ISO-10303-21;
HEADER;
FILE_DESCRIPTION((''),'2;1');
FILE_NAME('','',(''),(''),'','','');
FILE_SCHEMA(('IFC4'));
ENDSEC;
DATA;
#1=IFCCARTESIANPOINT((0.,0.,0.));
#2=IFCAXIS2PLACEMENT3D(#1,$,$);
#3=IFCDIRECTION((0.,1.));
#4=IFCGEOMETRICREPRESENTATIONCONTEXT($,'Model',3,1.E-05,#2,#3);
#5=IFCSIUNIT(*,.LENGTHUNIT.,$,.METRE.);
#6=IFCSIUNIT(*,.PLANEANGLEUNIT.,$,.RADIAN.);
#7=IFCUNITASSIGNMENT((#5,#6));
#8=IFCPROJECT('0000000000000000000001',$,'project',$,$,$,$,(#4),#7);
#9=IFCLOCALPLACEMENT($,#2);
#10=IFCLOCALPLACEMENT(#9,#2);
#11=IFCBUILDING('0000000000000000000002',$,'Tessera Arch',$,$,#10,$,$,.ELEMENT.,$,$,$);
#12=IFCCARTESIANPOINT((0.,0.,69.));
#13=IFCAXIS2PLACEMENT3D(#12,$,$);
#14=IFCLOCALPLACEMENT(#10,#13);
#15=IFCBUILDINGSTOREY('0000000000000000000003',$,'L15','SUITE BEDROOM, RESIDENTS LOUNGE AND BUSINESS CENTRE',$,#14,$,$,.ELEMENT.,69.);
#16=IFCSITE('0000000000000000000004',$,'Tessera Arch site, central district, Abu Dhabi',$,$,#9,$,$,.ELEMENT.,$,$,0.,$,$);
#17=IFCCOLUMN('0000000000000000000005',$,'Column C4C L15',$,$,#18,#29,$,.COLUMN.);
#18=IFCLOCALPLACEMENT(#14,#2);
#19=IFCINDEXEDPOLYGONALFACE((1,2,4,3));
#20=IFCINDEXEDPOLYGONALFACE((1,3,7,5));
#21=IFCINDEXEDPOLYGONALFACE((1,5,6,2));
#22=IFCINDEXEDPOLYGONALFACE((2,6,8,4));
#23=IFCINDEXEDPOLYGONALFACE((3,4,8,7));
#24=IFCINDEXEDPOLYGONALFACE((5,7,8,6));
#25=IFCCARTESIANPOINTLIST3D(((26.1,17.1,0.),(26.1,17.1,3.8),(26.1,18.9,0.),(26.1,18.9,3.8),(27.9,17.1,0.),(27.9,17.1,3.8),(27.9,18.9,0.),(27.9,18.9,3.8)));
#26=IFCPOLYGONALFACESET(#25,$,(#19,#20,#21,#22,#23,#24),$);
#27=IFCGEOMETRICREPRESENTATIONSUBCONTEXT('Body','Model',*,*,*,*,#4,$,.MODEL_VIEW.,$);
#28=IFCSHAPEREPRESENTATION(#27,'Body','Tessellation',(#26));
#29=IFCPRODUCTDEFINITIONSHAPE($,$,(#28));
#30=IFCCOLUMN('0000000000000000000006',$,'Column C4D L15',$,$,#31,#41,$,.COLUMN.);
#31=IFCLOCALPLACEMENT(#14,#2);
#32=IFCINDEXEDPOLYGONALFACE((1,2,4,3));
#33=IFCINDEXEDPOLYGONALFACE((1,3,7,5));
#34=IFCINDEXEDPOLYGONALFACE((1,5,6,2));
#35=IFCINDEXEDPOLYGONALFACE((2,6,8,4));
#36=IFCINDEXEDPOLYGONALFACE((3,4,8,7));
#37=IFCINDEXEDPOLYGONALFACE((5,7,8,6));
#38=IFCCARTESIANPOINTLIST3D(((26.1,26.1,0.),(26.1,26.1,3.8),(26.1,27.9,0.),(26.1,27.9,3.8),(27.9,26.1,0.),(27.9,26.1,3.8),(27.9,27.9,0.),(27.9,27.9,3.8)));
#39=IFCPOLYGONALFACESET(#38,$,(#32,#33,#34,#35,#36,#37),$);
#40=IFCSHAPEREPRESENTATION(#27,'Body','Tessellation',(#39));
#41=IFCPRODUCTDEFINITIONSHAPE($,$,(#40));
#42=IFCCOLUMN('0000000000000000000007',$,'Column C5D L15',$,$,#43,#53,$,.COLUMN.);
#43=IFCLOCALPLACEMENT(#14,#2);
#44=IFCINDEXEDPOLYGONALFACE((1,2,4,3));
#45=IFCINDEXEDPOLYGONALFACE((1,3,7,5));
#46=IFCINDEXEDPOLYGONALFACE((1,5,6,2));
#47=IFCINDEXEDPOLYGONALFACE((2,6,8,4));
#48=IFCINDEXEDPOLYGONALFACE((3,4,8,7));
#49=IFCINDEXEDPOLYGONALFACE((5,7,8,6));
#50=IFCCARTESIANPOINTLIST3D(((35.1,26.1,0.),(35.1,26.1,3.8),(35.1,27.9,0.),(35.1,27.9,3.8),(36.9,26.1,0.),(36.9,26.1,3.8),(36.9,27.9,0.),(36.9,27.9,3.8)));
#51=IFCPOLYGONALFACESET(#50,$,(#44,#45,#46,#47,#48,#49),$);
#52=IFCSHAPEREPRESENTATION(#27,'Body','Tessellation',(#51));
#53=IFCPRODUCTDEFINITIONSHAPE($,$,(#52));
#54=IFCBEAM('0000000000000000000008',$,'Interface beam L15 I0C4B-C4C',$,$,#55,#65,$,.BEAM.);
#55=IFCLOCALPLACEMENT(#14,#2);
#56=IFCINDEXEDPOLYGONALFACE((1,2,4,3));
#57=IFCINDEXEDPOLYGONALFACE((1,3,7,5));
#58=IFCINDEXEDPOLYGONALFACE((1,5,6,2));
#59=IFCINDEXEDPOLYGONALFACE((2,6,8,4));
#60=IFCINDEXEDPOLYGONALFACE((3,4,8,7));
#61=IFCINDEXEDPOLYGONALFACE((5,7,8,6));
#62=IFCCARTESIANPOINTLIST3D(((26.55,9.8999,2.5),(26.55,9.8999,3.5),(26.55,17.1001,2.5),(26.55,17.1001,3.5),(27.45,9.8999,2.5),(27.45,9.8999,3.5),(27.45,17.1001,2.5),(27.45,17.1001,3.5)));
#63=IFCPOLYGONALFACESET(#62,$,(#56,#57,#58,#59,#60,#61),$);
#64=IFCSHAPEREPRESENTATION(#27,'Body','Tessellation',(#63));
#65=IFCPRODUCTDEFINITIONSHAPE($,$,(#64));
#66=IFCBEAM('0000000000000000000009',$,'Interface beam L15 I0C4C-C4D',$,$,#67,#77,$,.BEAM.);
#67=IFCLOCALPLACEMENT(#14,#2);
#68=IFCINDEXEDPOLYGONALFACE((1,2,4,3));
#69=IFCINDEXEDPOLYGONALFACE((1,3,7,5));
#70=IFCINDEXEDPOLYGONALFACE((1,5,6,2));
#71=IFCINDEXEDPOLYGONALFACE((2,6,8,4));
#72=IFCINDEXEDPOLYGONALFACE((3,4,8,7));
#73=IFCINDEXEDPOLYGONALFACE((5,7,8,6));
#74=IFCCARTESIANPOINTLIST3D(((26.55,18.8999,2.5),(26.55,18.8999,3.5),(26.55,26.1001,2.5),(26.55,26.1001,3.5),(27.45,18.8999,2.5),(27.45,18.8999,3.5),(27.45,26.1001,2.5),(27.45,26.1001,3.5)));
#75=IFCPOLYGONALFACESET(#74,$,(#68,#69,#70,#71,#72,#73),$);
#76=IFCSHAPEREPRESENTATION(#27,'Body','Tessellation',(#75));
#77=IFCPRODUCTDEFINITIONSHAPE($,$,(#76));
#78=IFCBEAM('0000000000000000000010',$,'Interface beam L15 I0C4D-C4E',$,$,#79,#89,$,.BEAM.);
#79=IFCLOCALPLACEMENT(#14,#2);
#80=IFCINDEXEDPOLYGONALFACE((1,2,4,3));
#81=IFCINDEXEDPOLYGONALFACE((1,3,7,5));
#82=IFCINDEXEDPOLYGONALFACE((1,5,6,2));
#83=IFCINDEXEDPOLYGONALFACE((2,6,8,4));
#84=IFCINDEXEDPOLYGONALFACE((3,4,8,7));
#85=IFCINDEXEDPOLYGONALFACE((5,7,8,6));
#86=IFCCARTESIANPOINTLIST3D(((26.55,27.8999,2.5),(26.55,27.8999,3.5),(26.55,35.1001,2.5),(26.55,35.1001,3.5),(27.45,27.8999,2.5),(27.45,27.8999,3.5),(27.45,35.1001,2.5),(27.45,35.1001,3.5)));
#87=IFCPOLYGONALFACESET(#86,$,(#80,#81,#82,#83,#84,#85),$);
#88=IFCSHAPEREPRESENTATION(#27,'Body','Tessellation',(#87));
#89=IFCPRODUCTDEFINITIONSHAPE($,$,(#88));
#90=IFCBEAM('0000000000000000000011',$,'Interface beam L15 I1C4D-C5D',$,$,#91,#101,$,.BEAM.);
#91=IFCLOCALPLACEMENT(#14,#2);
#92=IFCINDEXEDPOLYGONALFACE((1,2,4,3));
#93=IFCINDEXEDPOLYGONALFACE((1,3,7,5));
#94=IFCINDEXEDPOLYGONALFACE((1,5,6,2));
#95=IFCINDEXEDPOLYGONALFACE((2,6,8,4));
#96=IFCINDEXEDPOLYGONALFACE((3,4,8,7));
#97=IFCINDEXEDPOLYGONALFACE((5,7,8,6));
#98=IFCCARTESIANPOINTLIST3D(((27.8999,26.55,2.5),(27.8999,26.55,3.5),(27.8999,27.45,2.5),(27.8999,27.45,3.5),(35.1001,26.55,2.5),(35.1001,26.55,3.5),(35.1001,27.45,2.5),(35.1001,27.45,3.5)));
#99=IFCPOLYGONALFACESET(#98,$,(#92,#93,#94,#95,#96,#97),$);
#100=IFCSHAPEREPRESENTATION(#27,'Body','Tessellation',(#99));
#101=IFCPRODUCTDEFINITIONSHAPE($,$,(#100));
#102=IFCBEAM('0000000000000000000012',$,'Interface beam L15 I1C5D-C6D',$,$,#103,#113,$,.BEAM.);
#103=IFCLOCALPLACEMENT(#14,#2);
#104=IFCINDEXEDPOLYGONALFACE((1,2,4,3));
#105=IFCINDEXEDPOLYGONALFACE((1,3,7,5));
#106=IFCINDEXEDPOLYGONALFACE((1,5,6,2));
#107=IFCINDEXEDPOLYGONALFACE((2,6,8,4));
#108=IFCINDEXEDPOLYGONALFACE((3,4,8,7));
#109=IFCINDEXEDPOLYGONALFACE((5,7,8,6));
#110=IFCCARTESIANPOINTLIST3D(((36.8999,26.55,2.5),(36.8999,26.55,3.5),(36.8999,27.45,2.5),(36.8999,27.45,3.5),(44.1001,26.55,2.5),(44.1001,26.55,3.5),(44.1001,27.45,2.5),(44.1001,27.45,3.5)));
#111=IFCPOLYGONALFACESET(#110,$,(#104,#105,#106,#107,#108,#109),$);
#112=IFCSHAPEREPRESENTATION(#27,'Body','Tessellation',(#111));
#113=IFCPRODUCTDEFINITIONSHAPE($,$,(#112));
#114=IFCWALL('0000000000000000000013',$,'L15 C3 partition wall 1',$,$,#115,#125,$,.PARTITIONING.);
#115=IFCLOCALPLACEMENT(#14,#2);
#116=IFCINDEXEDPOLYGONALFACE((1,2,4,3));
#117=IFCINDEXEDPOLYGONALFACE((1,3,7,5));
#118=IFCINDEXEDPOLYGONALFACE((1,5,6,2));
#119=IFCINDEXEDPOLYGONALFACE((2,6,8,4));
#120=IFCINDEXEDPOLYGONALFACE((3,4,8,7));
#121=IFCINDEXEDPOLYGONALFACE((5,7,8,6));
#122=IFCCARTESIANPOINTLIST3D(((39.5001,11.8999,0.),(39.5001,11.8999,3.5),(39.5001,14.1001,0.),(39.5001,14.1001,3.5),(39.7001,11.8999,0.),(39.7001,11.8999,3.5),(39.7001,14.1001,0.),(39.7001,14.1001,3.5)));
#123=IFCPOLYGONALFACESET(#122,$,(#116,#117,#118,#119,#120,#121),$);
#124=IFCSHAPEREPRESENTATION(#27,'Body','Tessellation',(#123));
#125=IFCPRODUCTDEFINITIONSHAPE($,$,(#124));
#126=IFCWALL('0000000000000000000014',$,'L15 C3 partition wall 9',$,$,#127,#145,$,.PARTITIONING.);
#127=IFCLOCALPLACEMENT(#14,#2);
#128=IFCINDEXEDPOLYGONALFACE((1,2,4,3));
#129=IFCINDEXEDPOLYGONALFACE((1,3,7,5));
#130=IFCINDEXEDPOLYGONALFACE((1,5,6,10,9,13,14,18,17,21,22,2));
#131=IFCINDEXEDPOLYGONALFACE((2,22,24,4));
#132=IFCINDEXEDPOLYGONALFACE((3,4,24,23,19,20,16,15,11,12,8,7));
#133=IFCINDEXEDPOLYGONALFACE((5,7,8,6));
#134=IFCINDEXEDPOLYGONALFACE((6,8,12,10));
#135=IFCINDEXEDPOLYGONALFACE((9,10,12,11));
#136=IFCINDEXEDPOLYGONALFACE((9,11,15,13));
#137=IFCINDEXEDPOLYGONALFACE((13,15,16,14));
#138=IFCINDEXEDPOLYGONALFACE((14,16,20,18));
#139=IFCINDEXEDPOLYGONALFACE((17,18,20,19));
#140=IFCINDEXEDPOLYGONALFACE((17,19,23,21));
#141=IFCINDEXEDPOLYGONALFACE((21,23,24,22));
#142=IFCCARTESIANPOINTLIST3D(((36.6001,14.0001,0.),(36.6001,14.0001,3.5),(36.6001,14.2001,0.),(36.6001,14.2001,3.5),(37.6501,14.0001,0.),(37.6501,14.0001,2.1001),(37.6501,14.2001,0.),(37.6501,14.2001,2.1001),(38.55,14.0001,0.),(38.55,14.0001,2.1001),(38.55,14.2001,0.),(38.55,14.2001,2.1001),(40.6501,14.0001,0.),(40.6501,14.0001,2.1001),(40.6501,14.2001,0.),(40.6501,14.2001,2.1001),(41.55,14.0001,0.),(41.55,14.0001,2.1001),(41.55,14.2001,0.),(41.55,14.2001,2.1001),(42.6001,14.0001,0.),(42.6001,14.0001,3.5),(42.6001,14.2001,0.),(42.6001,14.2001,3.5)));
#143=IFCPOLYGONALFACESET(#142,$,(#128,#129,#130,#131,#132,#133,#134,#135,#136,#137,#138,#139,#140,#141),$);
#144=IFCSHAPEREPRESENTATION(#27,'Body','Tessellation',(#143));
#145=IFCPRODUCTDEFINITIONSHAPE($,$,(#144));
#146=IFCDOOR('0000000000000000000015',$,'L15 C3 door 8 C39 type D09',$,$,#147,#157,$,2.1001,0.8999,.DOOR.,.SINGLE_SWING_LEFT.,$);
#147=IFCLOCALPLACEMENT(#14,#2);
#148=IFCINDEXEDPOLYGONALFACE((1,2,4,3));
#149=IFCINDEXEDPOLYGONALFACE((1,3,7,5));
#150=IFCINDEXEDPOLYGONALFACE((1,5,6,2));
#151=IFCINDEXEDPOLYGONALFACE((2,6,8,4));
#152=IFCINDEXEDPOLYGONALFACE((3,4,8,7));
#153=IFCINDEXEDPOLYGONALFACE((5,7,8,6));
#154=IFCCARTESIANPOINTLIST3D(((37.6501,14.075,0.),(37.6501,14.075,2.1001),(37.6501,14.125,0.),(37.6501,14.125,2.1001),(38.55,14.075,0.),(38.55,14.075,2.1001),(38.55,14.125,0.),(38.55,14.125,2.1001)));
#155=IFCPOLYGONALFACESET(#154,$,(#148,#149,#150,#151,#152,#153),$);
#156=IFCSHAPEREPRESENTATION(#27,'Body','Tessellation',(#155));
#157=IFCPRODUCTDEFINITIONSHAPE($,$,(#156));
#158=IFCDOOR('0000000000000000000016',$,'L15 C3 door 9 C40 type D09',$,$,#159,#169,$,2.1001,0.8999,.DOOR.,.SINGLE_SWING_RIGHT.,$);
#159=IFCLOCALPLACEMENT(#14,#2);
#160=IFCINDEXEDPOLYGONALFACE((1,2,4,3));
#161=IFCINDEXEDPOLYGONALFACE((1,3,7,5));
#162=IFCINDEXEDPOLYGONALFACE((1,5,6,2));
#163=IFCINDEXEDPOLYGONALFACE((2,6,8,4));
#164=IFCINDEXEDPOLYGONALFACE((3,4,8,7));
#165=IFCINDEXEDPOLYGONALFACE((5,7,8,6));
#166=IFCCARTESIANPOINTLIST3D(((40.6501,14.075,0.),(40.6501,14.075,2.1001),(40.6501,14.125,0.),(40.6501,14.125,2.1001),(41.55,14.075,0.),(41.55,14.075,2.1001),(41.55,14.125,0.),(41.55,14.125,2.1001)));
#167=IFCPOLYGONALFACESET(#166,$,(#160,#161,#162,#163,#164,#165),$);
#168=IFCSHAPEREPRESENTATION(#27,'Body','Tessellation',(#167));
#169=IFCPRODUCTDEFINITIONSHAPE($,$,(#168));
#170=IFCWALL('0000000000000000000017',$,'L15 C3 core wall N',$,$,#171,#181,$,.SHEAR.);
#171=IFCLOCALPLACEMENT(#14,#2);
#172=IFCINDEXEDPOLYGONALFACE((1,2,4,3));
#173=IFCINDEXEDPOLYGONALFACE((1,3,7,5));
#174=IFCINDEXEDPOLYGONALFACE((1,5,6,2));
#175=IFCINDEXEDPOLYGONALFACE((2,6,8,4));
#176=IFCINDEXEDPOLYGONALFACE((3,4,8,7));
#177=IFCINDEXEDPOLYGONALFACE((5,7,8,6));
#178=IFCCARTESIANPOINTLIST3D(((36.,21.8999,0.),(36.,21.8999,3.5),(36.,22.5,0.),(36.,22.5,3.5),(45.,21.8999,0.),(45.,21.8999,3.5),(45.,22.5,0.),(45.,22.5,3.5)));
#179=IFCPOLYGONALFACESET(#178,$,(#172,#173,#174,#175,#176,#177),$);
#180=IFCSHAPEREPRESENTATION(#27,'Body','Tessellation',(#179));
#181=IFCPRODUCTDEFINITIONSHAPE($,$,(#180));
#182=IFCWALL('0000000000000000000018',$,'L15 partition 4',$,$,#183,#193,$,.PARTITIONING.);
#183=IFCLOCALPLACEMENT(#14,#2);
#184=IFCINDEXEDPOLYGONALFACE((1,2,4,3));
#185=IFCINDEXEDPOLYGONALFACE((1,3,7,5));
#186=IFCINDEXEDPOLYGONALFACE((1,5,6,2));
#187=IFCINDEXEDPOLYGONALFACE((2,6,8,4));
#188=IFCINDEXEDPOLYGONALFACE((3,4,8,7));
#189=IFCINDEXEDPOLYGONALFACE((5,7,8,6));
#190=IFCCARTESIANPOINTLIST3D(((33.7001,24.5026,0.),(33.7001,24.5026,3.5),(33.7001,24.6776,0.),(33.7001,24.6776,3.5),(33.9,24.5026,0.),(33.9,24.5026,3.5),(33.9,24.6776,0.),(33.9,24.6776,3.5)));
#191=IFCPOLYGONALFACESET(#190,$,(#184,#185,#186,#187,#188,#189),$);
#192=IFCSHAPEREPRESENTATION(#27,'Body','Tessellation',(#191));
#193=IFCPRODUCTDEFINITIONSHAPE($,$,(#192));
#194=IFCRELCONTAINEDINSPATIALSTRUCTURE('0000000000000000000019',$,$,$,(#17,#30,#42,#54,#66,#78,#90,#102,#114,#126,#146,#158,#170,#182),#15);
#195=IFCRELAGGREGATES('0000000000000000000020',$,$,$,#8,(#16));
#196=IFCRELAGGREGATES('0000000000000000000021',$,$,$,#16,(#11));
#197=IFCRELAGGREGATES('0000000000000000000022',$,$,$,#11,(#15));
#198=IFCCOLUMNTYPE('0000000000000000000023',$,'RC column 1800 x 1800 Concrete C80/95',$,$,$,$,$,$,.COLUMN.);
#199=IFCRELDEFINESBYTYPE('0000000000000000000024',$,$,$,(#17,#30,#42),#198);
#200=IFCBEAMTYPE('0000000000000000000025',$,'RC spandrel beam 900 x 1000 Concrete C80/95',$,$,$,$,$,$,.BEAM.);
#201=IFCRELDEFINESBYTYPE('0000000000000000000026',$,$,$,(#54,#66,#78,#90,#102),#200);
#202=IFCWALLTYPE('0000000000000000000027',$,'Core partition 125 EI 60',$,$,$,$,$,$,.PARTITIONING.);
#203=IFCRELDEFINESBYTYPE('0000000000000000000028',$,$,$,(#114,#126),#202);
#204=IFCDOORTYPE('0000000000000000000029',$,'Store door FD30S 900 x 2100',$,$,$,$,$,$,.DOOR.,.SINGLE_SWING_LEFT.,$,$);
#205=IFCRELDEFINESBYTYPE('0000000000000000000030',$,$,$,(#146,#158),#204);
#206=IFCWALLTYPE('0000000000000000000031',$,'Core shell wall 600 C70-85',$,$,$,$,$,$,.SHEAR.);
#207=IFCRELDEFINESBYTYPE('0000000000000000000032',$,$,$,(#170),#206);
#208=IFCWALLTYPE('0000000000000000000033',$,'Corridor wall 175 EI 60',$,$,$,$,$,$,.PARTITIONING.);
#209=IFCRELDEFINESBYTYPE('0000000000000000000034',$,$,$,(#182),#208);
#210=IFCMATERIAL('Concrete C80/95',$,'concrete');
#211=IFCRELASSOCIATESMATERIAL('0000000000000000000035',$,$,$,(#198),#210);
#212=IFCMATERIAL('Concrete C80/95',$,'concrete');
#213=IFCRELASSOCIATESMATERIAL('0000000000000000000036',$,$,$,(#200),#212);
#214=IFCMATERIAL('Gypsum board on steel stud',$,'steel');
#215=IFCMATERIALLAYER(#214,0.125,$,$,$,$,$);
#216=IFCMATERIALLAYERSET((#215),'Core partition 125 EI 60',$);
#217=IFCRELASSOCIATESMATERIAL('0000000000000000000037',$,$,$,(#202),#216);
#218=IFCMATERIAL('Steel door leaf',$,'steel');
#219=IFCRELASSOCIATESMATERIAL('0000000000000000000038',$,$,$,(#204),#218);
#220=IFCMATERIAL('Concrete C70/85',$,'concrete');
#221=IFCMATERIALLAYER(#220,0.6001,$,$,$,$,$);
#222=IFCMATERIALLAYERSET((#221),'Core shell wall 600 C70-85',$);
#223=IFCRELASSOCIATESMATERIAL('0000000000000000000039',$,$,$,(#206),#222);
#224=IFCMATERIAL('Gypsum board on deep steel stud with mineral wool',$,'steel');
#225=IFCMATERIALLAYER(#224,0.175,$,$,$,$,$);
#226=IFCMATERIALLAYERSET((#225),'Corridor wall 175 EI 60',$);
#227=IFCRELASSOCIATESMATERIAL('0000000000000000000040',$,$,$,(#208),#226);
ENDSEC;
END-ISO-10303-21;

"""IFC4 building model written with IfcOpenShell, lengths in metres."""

from ifc_helpers import new_model, si_unit, direction, frame, frame_2d, origin, origin_2d, place, context, subcontext, project, spatial, rectangle, extrude, material, layer, layer_set, material_profile, profile_set, type_object, element, fill, save


model = new_model("IFC4")

# Units and contexts
model_context = context("Model", 3, precision=1e-05, world=origin(), true_north=direction((0.0, 1.0)))
body_context = subcontext(model_context, "Body", "Model", "MODEL_VIEW")
ifc_project = project(units=[si_unit("LENGTHUNIT", "METRE"), si_unit("PLANEANGLEUNIT", "RADIAN")], contexts=[model_context])

# Site, building, storey
site_placement = place(None, origin())
site = spatial("IfcSite", under=ifc_project, at=site_placement, Name="Tessera Arch site, central district, Abu Dhabi", CompositionType="ELEMENT", RefElevation=0.0)
building_placement = place(site_placement, origin())
building = spatial("IfcBuilding", under=site, at=building_placement, Name="Tessera Arch", CompositionType="ELEMENT")
storey_placement = place(building_placement, frame((0.0, 0.0, 69.0)))
storey = spatial("IfcBuildingStorey", under=building, at=storey_placement, Name="L15", Description="SUITE BEDROOM, RESIDENTS LOUNGE AND BUSINESS CENTRE", CompositionType="ELEMENT", Elevation=69.0)

# Columns
ifc_material_1 = material(Name="Concrete C80/95", Category="concrete")
ifc_material_profile_1 = material_profile(ifc_material_1, rectangle(XDim=1.8, YDim=1.8, at=origin_2d()), Name="RC column 1800 x 1800 Concrete C80/95")
ifc_profile_set_1 = profile_set([ifc_material_profile_1], Name="Concrete C80/95")
column_type = type_object("IfcColumnType", Name="RC column 1800 x 1800 Concrete C80/95", PredefinedType="COLUMN", material=ifc_profile_set_1)
for number, where, z_axis, x_axis, name in (
    (1, (27.0, 18.0, 0.0), (0.0, 0.0, 1.0), (1.0, 0.0, 0.0), "Column C4C L15"),
    (2, (27.0, 27.0, 0.0), (0.0, 0.0, 1.0), (1.0, 0.0, 0.0), "Column C4D L15"),
    (3, (36.0, 27.0, 0.0), (0.0, 0.0, 1.0), (1.0, 0.0, 0.0), "Column C5D L15"),
):
    element("IfcColumn", number, at=place(storey_placement, frame(where, z_axis=z_axis, x_axis=x_axis)), inside=storey, type_object=column_type, Name=name, PredefinedType="COLUMN", context=body_context, shape_type="SweptSolid", body=[
        extrude(rectangle(XDim=1.8, YDim=1.8, at=origin_2d()), origin(), (0.0, 0.0, 1.0), 3.8),
    ])

# Beams
ifc_material_2 = material(Name="Concrete C80/95", Category="concrete")
ifc_material_profile_2 = material_profile(ifc_material_2, rectangle(XDim=0.8999, YDim=1.0, at=origin_2d()), Name="RC spandrel beam 900 x 1000 Concrete C80/95")
ifc_profile_set_2 = profile_set([ifc_material_profile_2], Name="Concrete C80/95")
beam_type = type_object("IfcBeamType", Name="RC spandrel beam 900 x 1000 Concrete C80/95", PredefinedType="BEAM", material=ifc_profile_set_2)
for number, where, z_axis, x_axis, name in (
    (4, (27.0, 9.8999, 3.0), (0.0, 1.0, 0.0), (-1.0, 0.0, 0.0), "Interface beam L15 I0C4B-C4C"),
    (5, (27.0, 18.8999, 3.0), (0.0, 1.0, 0.0), (-1.0, 0.0, 0.0), "Interface beam L15 I0C4C-C4D"),
    (6, (27.0, 27.8999, 3.0), (0.0, 1.0, 0.0), (-1.0, 0.0, 0.0), "Interface beam L15 I0C4D-C4E"),
    (7, (27.8999, 27.0, 3.0), (1.0, 0.0, 0.0), (0.0, 1.0, 0.0), "Interface beam L15 I1C4D-C5D"),
    (8, (36.8999, 27.0, 3.0), (1.0, 0.0, 0.0), (0.0, 1.0, 0.0), "Interface beam L15 I1C5D-C6D"),
):
    element("IfcBeam", number, at=place(storey_placement, frame(where, z_axis=z_axis, x_axis=x_axis)), inside=storey, type_object=beam_type, Name=name, PredefinedType="BEAM", context=body_context, shape_type="SweptSolid", body=[
        extrude(rectangle(XDim=0.8999, YDim=1.0, at=origin_2d()), origin(), (0.0, 0.0, 1.0), 7.2002),
    ])

# Wall
ifc_material_3 = material(Name="Gypsum board on steel stud", Category="steel")
ifc_layer_1 = layer(ifc_material_3, 0.125)
ifc_layer_set_1 = layer_set([ifc_layer_1], Name="Core partition 125 EI 60")
wall_type_1 = type_object("IfcWallType", Name="Core partition 125 EI 60", PredefinedType="PARTITIONING", material=ifc_layer_set_1)
wall_1_placement = place(storey_placement, frame((39.6001, 11.8999, 0.0), z_axis=(0.0, 0.0, 1.0), x_axis=(0.0, 1.0, 0.0)))
element("IfcWall", 9, at=wall_1_placement, inside=storey, type_object=wall_type_1, Name="L15 C3 partition wall 1", PredefinedType="PARTITIONING", context=body_context, shape_type="SweptSolid", body=[
    extrude(rectangle(XDim=2.2002, YDim=0.2, at=frame_2d((1.1001, 0.0))), origin(), (0.0, 0.0, 1.0), 3.5),
])

# Wall, openings, doors
wall_2_placement = place(storey_placement, frame((36.6001, 14.1001, 0.0), z_axis=(0.0, 0.0, 1.0), x_axis=(1.0, 0.0, 0.0)))
wall_2 = element("IfcWall", 10, at=wall_2_placement, inside=storey, type_object=wall_type_1, Name="L15 C3 partition wall 9", PredefinedType="PARTITIONING", context=body_context, shape_type="SweptSolid", body=[
    extrude(rectangle(XDim=6.0, YDim=0.2, at=frame_2d((3.0, 0.0))), origin(), (0.0, 0.0, 1.0), 3.5),
])
opening_1_placement = place(wall_2_placement, frame((1.05, 0.0, 0.0)))
opening_1 = element("IfcOpeningElement", 11, at=opening_1_placement, cuts=wall_2, PredefinedType="OPENING", context=body_context, shape_type="SweptSolid", body=[
    extrude(rectangle(XDim=0.8999, YDim=2.1001, at=frame_2d((0.45, 1.05))), frame((0.0, 0.1099, 0.0), z_axis=(0.0, -1.0, 0.0), x_axis=(1.0, 0.0, 0.0)), (0.0, 0.0, 1.0), 0.22),
])
opening_2_placement = place(wall_2_placement, frame((4.05, 0.0, 0.0)))
opening_2 = element("IfcOpeningElement", 12, at=opening_2_placement, cuts=wall_2, PredefinedType="OPENING", context=body_context, shape_type="SweptSolid", body=[
    extrude(rectangle(XDim=0.8999, YDim=2.1001, at=frame_2d((0.45, 1.05))), frame((0.0, 0.1099, 0.0), z_axis=(0.0, -1.0, 0.0), x_axis=(1.0, 0.0, 0.0)), (0.0, 0.0, 1.0), 0.22),
])
ifc_material_4 = material(Name="Steel door leaf", Category="steel")
door_type_1 = type_object("IfcDoorType", Name="Store door FD30S 900 x 2100", OperationType="SINGLE_SWING_LEFT", PredefinedType="DOOR", material=ifc_material_4)
door_1_placement = place(opening_1_placement, origin())
door_1 = element("IfcDoor", 13, at=door_1_placement, inside=storey, type_object=door_type_1, Name="L15 C3 door 8 C39 type D09", OperationType="SINGLE_SWING_LEFT", OverallHeight=2.1001, OverallWidth=0.8999, PredefinedType="DOOR", context=body_context, shape_type="SweptSolid", body=[
    extrude(rectangle(XDim=0.8999, YDim=2.1001, at=frame_2d((0.45, 1.05))), frame((0.0, 0.0249, 0.0), z_axis=(0.0, -1.0, 0.0), x_axis=(1.0, 0.0, 0.0)), (0.0, 0.0, 1.0), 0.05),
])
fill(opening_1, door_1)
door_2_placement = place(opening_2_placement, origin())
door_2 = element("IfcDoor", 14, at=door_2_placement, inside=storey, type_object=door_type_1, Name="L15 C3 door 9 C40 type D09", OperationType="SINGLE_SWING_RIGHT", OverallHeight=2.1001, OverallWidth=0.8999, PredefinedType="DOOR", context=body_context, shape_type="SweptSolid", body=[
    extrude(rectangle(XDim=0.8999, YDim=2.1001, at=frame_2d((0.45, 1.05))), frame((0.0, 0.0249, 0.0), z_axis=(0.0, -1.0, 0.0), x_axis=(1.0, 0.0, 0.0)), (0.0, 0.0, 1.0), 0.05),
])
fill(opening_2, door_2)

# Walls
ifc_material_5 = material(Name="Concrete C70/85", Category="concrete")
ifc_layer_2 = layer(ifc_material_5, 0.6001)
ifc_layer_set_2 = layer_set([ifc_layer_2], Name="Core shell wall 600 C70-85")
wall_type_2 = type_object("IfcWallType", Name="Core shell wall 600 C70-85", PredefinedType="SHEAR", material=ifc_layer_set_2)
wall_3_placement = place(storey_placement, frame((36.0, 22.2, 0.0), z_axis=(0.0, 0.0, 1.0), x_axis=(1.0, 0.0, 0.0)))
element("IfcWall", 15, at=wall_3_placement, inside=storey, type_object=wall_type_2, Name="L15 C3 core wall N", PredefinedType="SHEAR", context=body_context, shape_type="SweptSolid", body=[
    extrude(rectangle(XDim=9.0, YDim=0.6001, at=frame_2d((4.5, 0.0))), origin(), (0.0, 0.0, 1.0), 3.5),
])
ifc_material_6 = material(Name="Gypsum board on deep steel stud with mineral wool", Category="steel")
ifc_layer_3 = layer(ifc_material_6, 0.175)
ifc_layer_set_3 = layer_set([ifc_layer_3], Name="Corridor wall 175 EI 60")
wall_type_3 = type_object("IfcWallType", Name="Corridor wall 175 EI 60", PredefinedType="PARTITIONING", material=ifc_layer_set_3)
wall_4_placement = place(storey_placement, frame((33.7, 24.5901, 0.0), z_axis=(0.0, 0.0, 1.0), x_axis=(1.0, 0.0, 0.0)))
element("IfcWall", 16, at=wall_4_placement, inside=storey, type_object=wall_type_3, Name="L15 partition 4", PredefinedType="PARTITIONING", context=body_context, shape_type="SweptSolid", body=[
    extrude(rectangle(XDim=0.2, YDim=0.175, at=frame_2d((0.1001, 0.0))), origin(), (0.0, 0.0, 1.0), 3.5),
])

save(model, "model.ifc")
